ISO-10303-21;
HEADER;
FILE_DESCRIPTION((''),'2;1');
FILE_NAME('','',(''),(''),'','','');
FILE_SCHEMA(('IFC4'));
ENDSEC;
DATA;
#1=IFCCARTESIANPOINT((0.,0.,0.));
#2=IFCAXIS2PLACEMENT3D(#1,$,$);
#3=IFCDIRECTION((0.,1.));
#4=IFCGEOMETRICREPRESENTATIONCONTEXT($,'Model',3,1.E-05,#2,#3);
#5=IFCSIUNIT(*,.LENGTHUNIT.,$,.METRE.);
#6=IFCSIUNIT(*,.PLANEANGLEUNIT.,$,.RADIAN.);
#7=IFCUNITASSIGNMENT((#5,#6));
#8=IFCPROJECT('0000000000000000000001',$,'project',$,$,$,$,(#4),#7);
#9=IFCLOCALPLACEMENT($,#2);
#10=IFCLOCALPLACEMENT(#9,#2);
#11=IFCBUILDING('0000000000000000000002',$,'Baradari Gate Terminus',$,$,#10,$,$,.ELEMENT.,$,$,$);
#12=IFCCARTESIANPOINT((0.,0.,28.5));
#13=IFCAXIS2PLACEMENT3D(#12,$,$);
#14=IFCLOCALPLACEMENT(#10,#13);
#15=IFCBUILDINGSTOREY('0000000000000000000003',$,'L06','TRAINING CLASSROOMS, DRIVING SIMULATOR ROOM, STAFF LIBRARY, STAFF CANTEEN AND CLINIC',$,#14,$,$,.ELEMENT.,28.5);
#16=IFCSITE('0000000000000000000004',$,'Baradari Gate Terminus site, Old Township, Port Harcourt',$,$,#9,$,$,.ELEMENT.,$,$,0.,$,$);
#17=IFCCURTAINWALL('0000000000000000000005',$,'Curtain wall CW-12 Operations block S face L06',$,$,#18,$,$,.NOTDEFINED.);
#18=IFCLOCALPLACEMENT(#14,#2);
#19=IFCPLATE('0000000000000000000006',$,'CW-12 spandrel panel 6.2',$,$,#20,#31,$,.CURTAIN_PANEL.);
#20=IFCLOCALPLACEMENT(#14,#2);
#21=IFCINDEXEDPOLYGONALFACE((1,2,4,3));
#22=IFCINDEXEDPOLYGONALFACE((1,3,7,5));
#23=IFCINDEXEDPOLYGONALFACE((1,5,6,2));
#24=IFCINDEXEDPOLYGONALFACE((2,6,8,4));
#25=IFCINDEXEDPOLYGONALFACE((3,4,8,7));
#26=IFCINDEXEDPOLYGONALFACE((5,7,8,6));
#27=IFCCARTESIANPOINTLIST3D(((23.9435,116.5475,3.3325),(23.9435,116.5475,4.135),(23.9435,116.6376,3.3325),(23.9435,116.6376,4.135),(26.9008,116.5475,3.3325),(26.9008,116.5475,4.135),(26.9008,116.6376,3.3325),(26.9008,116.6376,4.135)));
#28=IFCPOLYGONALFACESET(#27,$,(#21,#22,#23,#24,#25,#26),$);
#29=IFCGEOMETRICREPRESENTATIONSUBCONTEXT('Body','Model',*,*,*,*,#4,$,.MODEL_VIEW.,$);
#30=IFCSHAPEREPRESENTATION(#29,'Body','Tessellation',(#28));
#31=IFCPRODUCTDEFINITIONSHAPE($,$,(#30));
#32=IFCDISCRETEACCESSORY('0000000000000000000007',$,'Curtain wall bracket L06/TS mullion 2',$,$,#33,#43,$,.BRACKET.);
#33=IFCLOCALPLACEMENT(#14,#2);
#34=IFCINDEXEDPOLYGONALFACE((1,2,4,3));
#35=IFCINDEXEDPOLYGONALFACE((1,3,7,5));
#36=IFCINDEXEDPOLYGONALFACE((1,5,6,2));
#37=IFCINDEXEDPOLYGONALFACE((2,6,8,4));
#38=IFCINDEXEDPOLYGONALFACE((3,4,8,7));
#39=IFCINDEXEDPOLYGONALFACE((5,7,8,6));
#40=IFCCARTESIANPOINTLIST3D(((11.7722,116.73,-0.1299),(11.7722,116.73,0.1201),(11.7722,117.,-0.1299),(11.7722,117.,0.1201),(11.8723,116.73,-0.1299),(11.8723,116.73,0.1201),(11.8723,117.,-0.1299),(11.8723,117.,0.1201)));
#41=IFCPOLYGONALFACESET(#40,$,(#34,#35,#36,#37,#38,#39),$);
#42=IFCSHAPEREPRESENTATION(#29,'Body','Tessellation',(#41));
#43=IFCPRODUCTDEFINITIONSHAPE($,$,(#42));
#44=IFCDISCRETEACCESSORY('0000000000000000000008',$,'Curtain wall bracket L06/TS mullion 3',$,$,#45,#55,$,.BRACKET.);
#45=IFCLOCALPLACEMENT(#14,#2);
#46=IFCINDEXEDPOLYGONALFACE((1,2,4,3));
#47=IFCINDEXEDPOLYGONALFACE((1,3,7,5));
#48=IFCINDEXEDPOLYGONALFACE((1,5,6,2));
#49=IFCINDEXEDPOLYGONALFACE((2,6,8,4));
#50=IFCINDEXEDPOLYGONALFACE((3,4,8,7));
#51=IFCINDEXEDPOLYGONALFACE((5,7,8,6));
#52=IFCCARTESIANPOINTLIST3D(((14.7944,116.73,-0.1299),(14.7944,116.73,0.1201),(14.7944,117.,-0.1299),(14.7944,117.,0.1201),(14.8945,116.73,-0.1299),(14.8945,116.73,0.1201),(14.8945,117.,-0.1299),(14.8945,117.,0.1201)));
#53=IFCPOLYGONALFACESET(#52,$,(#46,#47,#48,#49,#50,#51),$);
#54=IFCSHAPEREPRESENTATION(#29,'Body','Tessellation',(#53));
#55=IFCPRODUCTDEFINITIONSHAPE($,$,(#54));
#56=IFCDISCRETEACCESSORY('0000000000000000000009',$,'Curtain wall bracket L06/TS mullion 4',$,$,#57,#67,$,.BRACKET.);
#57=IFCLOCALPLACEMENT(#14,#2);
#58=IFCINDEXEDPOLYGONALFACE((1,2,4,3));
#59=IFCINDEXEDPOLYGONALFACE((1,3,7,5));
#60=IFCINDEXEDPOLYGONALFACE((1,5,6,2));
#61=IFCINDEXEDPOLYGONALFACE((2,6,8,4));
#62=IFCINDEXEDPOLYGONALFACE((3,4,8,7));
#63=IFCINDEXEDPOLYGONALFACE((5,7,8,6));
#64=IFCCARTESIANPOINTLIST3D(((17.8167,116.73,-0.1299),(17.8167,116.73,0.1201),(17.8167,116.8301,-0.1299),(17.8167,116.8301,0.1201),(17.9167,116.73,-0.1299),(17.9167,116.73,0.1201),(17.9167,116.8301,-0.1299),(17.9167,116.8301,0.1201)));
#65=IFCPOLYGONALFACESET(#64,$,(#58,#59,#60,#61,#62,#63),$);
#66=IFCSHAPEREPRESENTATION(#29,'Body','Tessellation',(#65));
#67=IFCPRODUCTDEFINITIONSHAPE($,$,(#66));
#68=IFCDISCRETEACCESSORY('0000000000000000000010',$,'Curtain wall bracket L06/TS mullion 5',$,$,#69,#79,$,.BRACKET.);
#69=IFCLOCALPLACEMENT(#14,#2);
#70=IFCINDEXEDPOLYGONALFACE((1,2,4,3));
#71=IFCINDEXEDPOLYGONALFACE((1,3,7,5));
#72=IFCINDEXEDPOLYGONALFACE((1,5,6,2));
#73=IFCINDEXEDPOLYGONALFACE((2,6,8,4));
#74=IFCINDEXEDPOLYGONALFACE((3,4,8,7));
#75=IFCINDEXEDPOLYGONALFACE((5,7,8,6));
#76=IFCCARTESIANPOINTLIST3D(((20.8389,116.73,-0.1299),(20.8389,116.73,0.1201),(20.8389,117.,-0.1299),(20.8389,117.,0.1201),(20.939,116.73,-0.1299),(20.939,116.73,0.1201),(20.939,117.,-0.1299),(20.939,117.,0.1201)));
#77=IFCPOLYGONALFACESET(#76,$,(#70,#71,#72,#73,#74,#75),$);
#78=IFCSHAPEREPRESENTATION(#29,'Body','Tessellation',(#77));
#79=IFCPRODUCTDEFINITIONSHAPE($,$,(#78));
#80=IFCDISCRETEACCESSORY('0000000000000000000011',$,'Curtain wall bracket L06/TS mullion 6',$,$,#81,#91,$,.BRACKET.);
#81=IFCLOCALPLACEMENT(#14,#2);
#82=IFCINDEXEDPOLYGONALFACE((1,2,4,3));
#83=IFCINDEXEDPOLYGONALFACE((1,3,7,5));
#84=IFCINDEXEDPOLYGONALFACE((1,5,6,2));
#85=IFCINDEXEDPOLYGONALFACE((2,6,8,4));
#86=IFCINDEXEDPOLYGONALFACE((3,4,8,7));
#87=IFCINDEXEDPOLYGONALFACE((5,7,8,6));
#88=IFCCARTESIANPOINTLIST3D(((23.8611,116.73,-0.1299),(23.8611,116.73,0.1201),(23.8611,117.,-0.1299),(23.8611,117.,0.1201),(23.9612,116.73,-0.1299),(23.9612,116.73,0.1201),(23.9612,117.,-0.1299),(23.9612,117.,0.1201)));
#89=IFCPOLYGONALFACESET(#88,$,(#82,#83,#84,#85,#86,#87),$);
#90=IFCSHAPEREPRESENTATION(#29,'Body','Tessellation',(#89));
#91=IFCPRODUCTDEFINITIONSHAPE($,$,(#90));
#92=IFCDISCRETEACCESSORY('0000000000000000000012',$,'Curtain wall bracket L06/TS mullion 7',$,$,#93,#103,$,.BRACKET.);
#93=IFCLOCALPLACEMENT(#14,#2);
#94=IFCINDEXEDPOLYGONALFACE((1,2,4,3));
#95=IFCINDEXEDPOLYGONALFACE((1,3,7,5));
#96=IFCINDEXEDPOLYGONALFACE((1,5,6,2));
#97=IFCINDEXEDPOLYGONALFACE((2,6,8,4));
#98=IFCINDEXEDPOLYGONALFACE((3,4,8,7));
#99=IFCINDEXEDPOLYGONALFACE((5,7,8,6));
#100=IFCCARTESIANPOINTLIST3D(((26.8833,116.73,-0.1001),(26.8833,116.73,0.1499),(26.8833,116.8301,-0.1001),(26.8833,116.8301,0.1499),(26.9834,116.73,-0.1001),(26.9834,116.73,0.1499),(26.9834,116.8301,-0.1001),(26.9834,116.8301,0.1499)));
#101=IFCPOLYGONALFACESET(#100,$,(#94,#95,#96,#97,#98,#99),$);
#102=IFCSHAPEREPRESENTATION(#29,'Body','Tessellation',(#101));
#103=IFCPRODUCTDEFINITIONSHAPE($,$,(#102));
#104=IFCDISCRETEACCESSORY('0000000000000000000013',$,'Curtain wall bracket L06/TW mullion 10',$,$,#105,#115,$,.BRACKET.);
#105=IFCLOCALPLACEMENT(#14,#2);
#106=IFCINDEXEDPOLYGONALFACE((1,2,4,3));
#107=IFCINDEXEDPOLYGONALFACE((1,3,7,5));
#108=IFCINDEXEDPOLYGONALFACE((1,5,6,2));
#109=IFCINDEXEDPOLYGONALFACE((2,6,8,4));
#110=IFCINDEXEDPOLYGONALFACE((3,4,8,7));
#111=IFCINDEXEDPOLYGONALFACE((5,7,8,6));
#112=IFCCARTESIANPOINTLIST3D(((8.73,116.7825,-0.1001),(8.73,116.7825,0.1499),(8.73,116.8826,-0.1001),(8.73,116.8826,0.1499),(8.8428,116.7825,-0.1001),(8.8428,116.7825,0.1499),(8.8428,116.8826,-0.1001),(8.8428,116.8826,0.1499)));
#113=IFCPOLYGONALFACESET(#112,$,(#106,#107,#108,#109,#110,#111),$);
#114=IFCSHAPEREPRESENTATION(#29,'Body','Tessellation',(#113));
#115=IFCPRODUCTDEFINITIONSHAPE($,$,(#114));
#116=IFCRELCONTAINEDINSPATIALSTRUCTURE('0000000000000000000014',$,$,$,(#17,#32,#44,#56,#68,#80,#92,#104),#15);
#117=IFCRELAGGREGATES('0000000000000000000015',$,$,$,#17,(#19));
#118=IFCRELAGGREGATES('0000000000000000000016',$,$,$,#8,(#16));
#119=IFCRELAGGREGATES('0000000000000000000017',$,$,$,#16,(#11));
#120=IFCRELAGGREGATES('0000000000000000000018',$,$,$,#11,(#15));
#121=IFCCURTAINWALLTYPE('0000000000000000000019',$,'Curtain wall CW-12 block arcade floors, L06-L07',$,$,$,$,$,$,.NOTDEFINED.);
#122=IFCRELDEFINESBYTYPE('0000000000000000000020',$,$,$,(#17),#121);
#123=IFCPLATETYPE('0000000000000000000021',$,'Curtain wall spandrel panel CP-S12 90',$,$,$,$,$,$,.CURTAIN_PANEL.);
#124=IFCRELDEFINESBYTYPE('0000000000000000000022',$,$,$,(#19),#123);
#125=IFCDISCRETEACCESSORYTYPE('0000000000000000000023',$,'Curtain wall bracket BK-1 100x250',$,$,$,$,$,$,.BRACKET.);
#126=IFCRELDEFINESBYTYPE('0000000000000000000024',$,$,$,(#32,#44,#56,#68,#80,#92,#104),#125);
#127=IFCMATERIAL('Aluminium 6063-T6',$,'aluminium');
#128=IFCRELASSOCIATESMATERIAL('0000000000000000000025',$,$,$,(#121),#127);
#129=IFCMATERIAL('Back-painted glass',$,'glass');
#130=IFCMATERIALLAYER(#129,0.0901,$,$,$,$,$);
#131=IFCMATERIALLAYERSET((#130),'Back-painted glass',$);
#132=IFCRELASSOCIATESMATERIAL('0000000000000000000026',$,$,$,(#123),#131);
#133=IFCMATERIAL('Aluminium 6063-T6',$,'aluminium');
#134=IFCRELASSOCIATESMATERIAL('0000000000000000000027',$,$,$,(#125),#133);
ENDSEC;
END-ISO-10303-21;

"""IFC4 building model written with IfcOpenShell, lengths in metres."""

from ifc_helpers import new_model, si_unit, direction, frame, origin, origin_2d, place, context, subcontext, project, spatial, rectangle, extrude, material, layer, layer_set, type_object, element, aggregate, save


model = new_model("IFC4")

# Units and contexts
model_context = context("Model", 3, precision=1e-05, world=origin(), true_north=direction((0.0, 1.0)))
body_context = subcontext(model_context, "Body", "Model", "MODEL_VIEW")
ifc_project = project(units=[si_unit("LENGTHUNIT", "METRE"), si_unit("PLANEANGLEUNIT", "RADIAN")], contexts=[model_context])

# Site, building, storey
site_placement = place(None, origin())
site = spatial("IfcSite", under=ifc_project, at=site_placement, Name="Baradari Gate Terminus site, Old Township, Port Harcourt", CompositionType="ELEMENT", RefElevation=0.0)
building_placement = place(site_placement, origin())
building = spatial("IfcBuilding", under=site, at=building_placement, Name="Baradari Gate Terminus", CompositionType="ELEMENT")
storey_placement = place(building_placement, frame((0.0, 0.0, 28.5)))
storey = spatial("IfcBuildingStorey", under=building, at=storey_placement, Name="L06", Description="TRAINING CLASSROOMS, DRIVING SIMULATOR ROOM, STAFF LIBRARY, STAFF CANTEEN AND CLINIC", CompositionType="ELEMENT", Elevation=28.5)

# Shared definitions
ifc_material_1 = material(Name="Aluminium 6063-T6", Category="aluminium")
curtain_wall_type = type_object("IfcCurtainWallType", Name="Curtain wall CW-12 block arcade floors, L06-L07", PredefinedType="NOTDEFINED", material=ifc_material_1)

# Curtain wall, plate
curtain_wall_1_placement = place(storey_placement, origin())
curtain_wall_1 = element("IfcCurtainWall", 1, at=curtain_wall_1_placement, inside=storey, type_object=curtain_wall_type, Name="Curtain wall CW-12 Operations block S face L06", PredefinedType="NOTDEFINED")
ifc_material_2 = material(Name="Back-painted glass", Category="glass")
ifc_layer_1 = layer(ifc_material_2, 0.0901)
ifc_layer_set_1 = layer_set([ifc_layer_1], Name="Back-painted glass")
plate_type_1 = type_object("IfcPlateType", Name="Curtain wall spandrel panel CP-S12 90", PredefinedType="CURTAIN_PANEL", material=ifc_layer_set_1)
plate_1_placement = place(storey_placement, frame((25.4221, 116.5925, 3.3325), z_axis=(0.0, 0.0, 1.0), x_axis=(1.0, 0.0, 0.0)))
plate_1 = element("IfcPlate", 2, at=plate_1_placement, type_object=plate_type_1, Name="CW-12 spandrel panel 6.2", PredefinedType="CURTAIN_PANEL", context=body_context, shape_type="SweptSolid", body=[
    extrude(rectangle(XDim=2.9573, YDim=0.0901, at=origin_2d()), origin(), (0.0, 0.0, 1.0), 0.8025),
])
aggregate(curtain_wall_1, [plate_1])

# Discrete accessories
ifc_material_3 = material(Name="Aluminium 6063-T6", Category="aluminium")
discrete_accessory_type = type_object("IfcDiscreteAccessoryType", Name="Curtain wall bracket BK-1 100x250", PredefinedType="BRACKET", material=ifc_material_3)
for number, where, z_axis, x_axis, name in (
    (3, (11.8223, 116.865, -0.1299), (0.0, 0.0, 1.0), (0.0, -1.0, 0.0), "Curtain wall bracket L06/TS mullion 2"),
    (4, (14.8445, 116.865, -0.1299), (0.0, 0.0, 1.0), (0.0, -1.0, 0.0), "Curtain wall bracket L06/TS mullion 3"),
):
    element("IfcDiscreteAccessory", number, at=place(storey_placement, frame(where, z_axis=z_axis, x_axis=x_axis)), inside=storey, type_object=discrete_accessory_type, Name=name, PredefinedType="BRACKET", context=body_context, shape_type="SweptSolid", body=[
        extrude(rectangle(XDim=0.27, YDim=0.1001, at=origin_2d()), origin(), (0.0, 0.0, 1.0), 0.25),
    ])
discrete_accessory_1_placement = place(storey_placement, frame((17.8667, 116.78, -0.1299), z_axis=(0.0, 0.0, 1.0), x_axis=(0.0, -1.0, 0.0)))
element("IfcDiscreteAccessory", 5, at=discrete_accessory_1_placement, inside=storey, type_object=discrete_accessory_type, Name="Curtain wall bracket L06/TS mullion 4", PredefinedType="BRACKET", context=body_context, shape_type="SweptSolid", body=[
    extrude(rectangle(XDim=0.1001, YDim=0.1001, at=origin_2d()), origin(), (0.0, 0.0, 1.0), 0.25),
])
for number, where, z_axis, x_axis, name in (
    (6, (20.8889, 116.865, -0.1299), (0.0, 0.0, 1.0), (0.0, -1.0, 0.0), "Curtain wall bracket L06/TS mullion 5"),
    (7, (23.9111, 116.865, -0.1299), (0.0, 0.0, 1.0), (0.0, -1.0, 0.0), "Curtain wall bracket L06/TS mullion 6"),
):
    element("IfcDiscreteAccessory", number, at=place(storey_placement, frame(where, z_axis=z_axis, x_axis=x_axis)), inside=storey, type_object=discrete_accessory_type, Name=name, PredefinedType="BRACKET", context=body_context, shape_type="SweptSolid", body=[
        extrude(rectangle(XDim=0.27, YDim=0.1001, at=origin_2d()), origin(), (0.0, 0.0, 1.0), 0.25),
    ])
discrete_accessory_2_placement = place(storey_placement, frame((26.9333, 116.78, -0.1001), z_axis=(0.0, 0.0, 1.0), x_axis=(0.0, -1.0, 0.0)))
element("IfcDiscreteAccessory", 8, at=discrete_accessory_2_placement, inside=storey, type_object=discrete_accessory_type, Name="Curtain wall bracket L06/TS mullion 7", PredefinedType="BRACKET", context=body_context, shape_type="SweptSolid", body=[
    extrude(rectangle(XDim=0.1001, YDim=0.1001, at=origin_2d()), origin(), (0.0, 0.0, 1.0), 0.25),
])
discrete_accessory_3_placement = place(storey_placement, frame((8.7864, 116.8325, -0.1001), z_axis=(0.0, 0.0, 1.0), x_axis=(-1.0, 0.0, 0.0)))
element("IfcDiscreteAccessory", 9, at=discrete_accessory_3_placement, inside=storey, type_object=discrete_accessory_type, Name="Curtain wall bracket L06/TW mullion 10", PredefinedType="BRACKET", context=body_context, shape_type="SweptSolid", body=[
    extrude(rectangle(XDim=0.1128, YDim=0.1001, at=origin_2d()), origin(), (0.0, 0.0, 1.0), 0.25),
])

save(model, "model.ifc")
